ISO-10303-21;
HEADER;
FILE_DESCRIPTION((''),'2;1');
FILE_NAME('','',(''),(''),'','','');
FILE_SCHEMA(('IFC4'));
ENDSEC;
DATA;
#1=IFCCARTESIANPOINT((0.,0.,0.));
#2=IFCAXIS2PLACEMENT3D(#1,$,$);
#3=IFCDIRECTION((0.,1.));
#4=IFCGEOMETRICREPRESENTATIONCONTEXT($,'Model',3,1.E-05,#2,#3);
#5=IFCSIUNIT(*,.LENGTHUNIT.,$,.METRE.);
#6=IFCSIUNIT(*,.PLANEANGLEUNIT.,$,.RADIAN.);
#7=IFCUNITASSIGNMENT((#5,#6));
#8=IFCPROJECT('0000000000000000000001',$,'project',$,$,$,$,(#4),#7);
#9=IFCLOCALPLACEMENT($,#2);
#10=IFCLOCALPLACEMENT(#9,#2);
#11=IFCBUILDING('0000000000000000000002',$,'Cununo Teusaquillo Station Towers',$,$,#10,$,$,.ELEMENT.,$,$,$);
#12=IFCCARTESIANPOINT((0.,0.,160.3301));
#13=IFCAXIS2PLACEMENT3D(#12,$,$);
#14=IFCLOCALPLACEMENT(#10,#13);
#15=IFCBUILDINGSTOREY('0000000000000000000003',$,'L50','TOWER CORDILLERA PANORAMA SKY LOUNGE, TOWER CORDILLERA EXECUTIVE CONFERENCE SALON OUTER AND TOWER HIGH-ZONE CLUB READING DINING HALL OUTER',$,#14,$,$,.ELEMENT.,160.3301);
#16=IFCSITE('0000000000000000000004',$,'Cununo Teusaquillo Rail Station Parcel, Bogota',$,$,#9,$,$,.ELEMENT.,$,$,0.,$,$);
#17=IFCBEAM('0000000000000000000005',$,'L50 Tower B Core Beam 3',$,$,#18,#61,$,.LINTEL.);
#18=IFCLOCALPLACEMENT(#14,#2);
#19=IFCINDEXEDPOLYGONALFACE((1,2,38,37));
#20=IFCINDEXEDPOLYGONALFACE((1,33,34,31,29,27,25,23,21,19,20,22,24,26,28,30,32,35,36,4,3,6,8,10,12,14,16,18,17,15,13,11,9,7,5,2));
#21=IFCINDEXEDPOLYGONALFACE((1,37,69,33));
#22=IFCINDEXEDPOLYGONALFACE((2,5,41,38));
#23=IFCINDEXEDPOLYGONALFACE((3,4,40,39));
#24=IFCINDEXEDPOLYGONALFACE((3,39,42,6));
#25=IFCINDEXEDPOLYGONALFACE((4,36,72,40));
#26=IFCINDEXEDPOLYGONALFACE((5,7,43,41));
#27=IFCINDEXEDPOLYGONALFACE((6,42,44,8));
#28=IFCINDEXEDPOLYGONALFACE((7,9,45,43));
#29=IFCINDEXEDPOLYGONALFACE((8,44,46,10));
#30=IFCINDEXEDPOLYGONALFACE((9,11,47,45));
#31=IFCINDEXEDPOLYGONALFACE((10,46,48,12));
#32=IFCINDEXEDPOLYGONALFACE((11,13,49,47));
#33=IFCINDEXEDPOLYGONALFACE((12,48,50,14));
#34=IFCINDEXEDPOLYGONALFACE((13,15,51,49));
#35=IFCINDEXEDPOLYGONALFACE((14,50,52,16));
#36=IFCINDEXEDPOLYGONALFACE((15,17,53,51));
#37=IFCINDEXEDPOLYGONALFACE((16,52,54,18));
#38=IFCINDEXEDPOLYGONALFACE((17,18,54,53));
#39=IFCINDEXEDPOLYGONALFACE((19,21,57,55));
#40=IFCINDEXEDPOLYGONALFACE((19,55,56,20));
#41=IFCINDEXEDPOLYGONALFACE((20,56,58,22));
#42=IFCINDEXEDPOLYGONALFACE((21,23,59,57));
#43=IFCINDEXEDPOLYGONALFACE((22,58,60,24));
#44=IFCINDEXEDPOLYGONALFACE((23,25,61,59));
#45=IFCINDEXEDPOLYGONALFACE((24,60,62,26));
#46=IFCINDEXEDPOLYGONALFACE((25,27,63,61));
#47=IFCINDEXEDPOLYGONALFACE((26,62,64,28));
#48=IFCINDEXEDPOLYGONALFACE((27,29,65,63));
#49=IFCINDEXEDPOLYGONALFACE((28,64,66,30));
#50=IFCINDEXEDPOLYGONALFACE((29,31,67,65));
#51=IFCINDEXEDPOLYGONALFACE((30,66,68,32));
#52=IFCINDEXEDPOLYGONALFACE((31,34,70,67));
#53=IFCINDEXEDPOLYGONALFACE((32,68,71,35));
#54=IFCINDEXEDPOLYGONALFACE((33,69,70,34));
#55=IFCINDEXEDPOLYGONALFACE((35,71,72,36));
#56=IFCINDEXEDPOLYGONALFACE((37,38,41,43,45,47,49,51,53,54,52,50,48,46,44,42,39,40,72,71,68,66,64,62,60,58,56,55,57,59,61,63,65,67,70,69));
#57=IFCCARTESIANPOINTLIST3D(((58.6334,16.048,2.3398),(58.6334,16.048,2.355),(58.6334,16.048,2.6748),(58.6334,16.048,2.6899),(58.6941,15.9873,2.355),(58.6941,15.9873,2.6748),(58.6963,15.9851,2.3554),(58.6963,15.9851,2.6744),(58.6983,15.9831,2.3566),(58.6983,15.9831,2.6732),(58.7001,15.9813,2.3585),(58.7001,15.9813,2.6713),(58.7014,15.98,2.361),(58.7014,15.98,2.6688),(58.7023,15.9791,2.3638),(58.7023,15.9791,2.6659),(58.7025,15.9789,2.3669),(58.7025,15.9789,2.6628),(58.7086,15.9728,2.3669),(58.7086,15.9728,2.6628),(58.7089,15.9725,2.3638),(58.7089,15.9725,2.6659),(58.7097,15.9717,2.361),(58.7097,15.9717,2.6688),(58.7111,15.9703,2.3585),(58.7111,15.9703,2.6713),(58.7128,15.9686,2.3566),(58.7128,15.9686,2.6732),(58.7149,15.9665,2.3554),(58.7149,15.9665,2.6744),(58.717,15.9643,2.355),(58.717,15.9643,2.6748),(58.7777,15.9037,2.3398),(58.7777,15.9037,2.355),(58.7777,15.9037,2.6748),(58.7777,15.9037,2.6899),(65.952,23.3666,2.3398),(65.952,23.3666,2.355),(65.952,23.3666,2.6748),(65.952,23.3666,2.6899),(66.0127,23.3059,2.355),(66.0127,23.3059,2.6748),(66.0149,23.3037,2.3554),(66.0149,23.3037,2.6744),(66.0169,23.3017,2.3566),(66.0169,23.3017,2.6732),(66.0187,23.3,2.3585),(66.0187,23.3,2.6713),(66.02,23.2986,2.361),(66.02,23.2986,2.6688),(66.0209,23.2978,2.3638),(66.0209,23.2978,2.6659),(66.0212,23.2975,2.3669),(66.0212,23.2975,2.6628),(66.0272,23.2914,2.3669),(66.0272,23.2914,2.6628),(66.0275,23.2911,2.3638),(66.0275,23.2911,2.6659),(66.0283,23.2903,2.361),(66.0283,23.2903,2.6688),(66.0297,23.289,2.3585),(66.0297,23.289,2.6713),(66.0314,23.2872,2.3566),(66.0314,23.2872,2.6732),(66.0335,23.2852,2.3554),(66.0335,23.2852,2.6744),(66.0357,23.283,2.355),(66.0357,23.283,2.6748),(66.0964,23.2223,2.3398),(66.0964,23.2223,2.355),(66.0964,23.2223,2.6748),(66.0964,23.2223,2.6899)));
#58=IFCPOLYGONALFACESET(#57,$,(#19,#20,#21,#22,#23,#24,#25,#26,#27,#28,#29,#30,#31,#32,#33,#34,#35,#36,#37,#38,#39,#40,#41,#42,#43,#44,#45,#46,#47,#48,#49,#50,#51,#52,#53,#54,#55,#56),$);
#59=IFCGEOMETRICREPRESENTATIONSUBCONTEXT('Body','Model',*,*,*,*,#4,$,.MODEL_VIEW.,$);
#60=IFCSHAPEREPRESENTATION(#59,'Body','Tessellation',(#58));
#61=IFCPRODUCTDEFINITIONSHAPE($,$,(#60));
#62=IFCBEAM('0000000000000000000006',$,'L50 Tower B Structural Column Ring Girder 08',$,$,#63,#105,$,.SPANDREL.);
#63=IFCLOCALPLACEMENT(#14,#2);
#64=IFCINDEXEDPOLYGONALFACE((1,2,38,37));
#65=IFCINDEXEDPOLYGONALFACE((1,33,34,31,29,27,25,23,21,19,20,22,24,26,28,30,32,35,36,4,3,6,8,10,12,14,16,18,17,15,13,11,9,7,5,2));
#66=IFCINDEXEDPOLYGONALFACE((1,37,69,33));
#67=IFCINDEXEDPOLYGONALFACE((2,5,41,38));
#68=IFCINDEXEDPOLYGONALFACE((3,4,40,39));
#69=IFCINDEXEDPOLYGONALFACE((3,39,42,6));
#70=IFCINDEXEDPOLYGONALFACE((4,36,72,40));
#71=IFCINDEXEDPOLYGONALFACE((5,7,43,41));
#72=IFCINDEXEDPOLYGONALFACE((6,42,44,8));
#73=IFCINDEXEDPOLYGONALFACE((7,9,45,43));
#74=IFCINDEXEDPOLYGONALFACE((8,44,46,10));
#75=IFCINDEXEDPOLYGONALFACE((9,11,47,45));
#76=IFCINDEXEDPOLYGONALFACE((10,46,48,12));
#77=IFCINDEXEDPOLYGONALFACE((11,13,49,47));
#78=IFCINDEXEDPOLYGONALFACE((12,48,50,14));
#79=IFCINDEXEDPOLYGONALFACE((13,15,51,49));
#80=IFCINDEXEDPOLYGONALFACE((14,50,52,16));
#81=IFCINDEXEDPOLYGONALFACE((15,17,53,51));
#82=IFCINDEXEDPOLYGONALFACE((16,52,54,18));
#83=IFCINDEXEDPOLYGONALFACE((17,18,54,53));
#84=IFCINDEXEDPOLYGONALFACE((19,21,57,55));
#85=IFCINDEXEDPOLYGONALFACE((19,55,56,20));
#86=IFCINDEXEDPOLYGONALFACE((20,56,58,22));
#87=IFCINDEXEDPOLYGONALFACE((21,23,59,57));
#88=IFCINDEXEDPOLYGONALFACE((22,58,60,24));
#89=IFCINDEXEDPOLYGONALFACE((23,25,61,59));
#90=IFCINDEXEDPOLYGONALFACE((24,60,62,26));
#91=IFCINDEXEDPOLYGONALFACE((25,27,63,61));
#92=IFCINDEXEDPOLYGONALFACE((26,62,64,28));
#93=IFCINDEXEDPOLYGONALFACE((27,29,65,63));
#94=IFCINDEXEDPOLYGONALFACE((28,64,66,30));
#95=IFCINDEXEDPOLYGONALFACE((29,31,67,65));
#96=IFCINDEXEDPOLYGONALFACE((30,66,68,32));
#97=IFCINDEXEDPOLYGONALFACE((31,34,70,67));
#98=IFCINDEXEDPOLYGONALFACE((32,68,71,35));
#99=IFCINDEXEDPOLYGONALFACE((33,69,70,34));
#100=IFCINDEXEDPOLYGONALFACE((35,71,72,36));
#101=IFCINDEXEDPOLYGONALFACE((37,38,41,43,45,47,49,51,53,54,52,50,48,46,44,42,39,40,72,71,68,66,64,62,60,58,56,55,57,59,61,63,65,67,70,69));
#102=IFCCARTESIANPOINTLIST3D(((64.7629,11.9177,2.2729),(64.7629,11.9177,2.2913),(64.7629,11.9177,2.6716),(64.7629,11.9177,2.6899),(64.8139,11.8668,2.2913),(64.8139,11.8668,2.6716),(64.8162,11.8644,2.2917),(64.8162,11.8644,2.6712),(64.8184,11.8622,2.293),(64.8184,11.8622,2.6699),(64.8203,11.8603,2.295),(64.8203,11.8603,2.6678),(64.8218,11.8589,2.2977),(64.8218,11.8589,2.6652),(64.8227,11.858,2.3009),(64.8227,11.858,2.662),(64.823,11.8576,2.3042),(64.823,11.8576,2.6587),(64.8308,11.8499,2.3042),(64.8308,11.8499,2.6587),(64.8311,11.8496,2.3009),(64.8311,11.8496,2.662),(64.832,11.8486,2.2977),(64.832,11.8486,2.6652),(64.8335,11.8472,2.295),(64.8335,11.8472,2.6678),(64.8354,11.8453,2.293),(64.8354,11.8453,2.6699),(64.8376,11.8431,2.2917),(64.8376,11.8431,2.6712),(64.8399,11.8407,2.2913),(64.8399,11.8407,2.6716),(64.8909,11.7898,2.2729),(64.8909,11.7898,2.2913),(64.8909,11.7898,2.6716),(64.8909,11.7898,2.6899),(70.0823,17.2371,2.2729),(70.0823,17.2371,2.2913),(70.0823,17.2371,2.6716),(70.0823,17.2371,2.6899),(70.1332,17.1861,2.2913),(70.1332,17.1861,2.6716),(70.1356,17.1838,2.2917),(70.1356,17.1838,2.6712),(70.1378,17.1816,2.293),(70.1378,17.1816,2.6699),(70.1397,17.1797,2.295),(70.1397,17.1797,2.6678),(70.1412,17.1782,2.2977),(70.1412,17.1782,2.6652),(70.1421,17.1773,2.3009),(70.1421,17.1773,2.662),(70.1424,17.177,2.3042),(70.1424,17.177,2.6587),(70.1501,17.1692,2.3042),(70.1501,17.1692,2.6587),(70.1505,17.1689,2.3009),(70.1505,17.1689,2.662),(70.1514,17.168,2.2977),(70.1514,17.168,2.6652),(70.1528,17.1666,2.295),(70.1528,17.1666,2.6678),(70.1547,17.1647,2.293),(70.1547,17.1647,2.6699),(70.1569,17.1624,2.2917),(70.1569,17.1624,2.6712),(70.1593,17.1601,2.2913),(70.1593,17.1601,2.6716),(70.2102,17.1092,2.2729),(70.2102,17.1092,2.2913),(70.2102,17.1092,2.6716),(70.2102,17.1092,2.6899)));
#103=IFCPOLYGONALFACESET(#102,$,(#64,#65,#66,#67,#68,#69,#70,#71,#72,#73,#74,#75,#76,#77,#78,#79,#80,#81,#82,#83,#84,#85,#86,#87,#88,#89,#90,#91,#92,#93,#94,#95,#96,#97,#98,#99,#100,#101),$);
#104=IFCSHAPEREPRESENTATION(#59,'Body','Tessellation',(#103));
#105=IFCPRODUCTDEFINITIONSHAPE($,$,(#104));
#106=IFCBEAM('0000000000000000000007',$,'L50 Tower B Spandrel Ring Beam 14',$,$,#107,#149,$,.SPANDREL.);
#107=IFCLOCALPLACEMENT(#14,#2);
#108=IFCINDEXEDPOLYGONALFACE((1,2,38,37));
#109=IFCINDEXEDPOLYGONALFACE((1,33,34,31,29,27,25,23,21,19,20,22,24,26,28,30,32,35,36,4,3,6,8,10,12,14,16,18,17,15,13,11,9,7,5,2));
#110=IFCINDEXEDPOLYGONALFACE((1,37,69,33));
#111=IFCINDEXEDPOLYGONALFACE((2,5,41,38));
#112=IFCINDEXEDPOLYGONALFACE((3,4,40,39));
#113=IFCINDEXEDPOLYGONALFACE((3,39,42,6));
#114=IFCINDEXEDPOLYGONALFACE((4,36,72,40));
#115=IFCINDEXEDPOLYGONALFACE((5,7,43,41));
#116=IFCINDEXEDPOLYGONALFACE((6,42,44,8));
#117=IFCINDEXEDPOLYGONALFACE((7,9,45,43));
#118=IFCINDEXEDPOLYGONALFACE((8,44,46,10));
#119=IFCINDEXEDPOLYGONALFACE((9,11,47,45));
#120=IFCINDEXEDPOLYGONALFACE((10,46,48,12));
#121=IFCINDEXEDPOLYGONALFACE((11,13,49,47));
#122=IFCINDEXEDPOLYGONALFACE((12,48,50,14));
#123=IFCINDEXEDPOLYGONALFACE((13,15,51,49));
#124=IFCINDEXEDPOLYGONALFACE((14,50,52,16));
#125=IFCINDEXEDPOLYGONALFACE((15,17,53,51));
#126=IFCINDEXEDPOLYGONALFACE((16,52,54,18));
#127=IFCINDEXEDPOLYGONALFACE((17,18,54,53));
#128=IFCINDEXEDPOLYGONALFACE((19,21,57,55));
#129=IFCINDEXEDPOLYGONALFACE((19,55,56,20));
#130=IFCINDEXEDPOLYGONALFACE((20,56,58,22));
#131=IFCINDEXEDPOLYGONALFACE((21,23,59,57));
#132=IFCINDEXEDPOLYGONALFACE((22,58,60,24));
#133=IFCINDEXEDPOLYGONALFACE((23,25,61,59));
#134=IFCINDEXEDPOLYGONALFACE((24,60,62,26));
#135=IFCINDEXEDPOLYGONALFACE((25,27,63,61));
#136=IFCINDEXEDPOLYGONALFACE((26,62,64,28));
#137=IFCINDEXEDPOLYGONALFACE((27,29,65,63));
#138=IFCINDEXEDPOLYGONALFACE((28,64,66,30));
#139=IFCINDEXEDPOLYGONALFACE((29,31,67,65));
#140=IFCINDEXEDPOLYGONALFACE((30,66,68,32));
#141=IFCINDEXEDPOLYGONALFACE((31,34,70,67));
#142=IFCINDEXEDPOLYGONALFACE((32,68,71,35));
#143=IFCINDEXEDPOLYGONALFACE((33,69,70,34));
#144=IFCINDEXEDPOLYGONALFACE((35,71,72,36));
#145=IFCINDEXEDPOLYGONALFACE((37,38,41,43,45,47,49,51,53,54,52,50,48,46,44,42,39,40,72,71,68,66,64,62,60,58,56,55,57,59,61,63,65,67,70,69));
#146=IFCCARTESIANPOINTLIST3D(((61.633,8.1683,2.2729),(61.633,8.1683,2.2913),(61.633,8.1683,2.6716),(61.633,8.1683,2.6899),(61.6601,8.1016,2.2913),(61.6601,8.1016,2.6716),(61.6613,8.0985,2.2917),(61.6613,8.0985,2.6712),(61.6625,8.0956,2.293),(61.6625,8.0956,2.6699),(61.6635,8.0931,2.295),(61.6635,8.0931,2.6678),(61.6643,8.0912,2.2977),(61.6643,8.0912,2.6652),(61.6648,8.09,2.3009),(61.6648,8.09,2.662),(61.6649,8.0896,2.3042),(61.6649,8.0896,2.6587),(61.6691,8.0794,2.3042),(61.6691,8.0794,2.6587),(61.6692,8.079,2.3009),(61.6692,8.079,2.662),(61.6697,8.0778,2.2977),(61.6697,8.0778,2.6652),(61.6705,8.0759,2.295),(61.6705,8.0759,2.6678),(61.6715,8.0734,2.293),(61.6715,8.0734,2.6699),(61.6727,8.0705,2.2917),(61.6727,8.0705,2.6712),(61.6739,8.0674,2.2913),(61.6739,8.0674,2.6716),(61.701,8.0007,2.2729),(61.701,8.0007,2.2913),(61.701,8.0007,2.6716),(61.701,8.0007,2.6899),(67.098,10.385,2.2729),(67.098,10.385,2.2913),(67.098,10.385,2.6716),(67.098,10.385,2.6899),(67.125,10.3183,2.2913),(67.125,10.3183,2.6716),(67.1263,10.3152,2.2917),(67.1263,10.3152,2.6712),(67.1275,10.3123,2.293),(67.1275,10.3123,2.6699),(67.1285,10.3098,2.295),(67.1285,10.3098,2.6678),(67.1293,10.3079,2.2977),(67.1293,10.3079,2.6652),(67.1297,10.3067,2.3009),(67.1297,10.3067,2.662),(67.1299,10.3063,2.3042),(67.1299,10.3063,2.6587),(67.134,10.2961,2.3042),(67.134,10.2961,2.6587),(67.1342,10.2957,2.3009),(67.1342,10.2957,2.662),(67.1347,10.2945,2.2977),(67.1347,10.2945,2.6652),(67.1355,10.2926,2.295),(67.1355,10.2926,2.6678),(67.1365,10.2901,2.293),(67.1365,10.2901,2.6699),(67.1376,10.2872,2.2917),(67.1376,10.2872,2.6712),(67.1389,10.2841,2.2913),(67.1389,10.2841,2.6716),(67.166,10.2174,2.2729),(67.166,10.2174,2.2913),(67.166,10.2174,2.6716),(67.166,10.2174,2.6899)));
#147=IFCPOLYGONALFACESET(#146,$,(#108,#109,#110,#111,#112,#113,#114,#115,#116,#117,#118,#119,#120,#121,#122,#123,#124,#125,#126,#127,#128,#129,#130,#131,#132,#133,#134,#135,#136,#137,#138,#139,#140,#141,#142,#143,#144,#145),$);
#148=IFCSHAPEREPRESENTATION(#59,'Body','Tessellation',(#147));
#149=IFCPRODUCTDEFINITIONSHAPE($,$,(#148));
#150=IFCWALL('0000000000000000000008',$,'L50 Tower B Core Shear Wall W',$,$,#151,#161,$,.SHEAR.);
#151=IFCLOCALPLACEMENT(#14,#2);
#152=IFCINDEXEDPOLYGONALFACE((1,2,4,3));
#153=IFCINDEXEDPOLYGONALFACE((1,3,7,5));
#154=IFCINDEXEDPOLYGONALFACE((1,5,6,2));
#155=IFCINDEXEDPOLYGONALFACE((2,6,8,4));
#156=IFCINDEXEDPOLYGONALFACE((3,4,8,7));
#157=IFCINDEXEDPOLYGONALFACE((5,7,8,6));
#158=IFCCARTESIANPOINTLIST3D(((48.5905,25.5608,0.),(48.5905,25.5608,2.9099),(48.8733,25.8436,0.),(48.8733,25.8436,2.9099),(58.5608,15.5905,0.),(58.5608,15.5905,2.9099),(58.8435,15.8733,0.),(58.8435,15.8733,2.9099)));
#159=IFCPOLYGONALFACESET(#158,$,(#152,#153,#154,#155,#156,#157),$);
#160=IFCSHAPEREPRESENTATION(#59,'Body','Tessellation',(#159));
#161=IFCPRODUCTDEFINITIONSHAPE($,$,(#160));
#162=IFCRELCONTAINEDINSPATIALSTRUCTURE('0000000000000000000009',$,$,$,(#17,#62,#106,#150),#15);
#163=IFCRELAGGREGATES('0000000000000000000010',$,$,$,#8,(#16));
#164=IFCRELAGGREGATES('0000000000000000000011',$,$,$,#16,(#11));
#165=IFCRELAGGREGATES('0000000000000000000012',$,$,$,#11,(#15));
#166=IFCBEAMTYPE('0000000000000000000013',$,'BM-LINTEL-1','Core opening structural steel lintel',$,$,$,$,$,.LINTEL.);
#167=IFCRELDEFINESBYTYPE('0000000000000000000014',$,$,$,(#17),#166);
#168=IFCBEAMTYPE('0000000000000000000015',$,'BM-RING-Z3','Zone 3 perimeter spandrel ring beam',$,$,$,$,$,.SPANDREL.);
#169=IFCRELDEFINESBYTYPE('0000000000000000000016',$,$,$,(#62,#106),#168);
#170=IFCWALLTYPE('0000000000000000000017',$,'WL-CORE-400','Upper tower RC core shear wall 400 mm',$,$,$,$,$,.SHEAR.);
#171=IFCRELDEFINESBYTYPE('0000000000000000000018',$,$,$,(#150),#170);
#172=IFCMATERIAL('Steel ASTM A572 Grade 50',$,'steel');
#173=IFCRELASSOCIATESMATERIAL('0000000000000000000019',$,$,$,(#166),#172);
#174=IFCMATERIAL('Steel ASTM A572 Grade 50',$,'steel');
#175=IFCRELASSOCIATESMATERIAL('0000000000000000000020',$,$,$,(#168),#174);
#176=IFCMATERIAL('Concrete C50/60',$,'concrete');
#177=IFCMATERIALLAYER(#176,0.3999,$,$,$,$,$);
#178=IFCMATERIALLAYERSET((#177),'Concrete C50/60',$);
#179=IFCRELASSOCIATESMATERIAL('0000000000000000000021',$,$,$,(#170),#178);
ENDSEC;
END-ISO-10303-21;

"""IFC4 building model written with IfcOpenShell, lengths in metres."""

from ifc_helpers import new_model, si_unit, direction, frame, frame_2d, origin, origin_2d, place, context, subcontext, project, spatial, rectangle, i_section, extrude, material, layer, layer_set, material_profile, profile_set, type_object, element, save


model = new_model("IFC4")

# Units and contexts
model_context = context("Model", 3, precision=1e-05, world=origin(), true_north=direction((0.0, 1.0)))
body_context = subcontext(model_context, "Body", "Model", "MODEL_VIEW")
ifc_project = project(units=[si_unit("LENGTHUNIT", "METRE"), si_unit("PLANEANGLEUNIT", "RADIAN")], contexts=[model_context])

# Site, building, storey
site_placement = place(None, origin())
site = spatial("IfcSite", under=ifc_project, at=site_placement, Name="Cununo Teusaquillo Rail Station Parcel, Bogota", CompositionType="ELEMENT", RefElevation=0.0)
building_placement = place(site_placement, origin())
building = spatial("IfcBuilding", under=site, at=building_placement, Name="Cununo Teusaquillo Station Towers", CompositionType="ELEMENT")
storey_placement = place(building_placement, frame((0.0, 0.0, 160.3301)))
storey = spatial("IfcBuildingStorey", under=building, at=storey_placement, Name="L50", Description="TOWER CORDILLERA PANORAMA SKY LOUNGE, TOWER CORDILLERA EXECUTIVE CONFERENCE SALON OUTER AND TOWER HIGH-ZONE CLUB READING DINING HALL OUTER", CompositionType="ELEMENT", Elevation=160.3301)

# Beams
ifc_material_1 = material(Name="Steel ASTM A572 Grade 50", Category="steel")
ifc_material_profile_1 = material_profile(ifc_material_1, i_section(OverallWidth=0.2041, OverallDepth=0.3501, WebThickness=0.0085, FlangeThickness=0.0151, FilletRadius=0.012, at=origin_2d()), Name="W14X48")
ifc_profile_set_1 = profile_set([ifc_material_profile_1], Name="Steel ASTM A572 Grade 50")
beam_type_1 = type_object("IfcBeamType", Name="BM-LINTEL-1", Description="Core opening structural steel lintel", PredefinedType="LINTEL", material=ifc_profile_set_1)
beam_1_placement = place(storey_placement, frame((58.7056, 15.9758, 2.5149), z_axis=(0.707107, 0.707107, 0.0), x_axis=(-0.707107, 0.707107, 0.0)))
element("IfcBeam", 1, at=beam_1_placement, inside=storey, type_object=beam_type_1, Name="L50 Tower B Core Beam 3", PredefinedType="LINTEL", context=body_context, shape_type="SweptSolid", body=[
    extrude(i_section(OverallWidth=0.2041, OverallDepth=0.3501, WebThickness=0.0085, FlangeThickness=0.0151, FilletRadius=0.012, at=origin_2d()), origin(), (0.0, 0.0, 1.0), 10.3501),
])
ifc_material_2 = material(Name="Steel ASTM A572 Grade 50", Category="steel")
ifc_material_profile_2 = material_profile(ifc_material_2, i_section(OverallWidth=0.1809, OverallDepth=0.417, WebThickness=0.011, FlangeThickness=0.0183, FilletRadius=0.0129, at=origin_2d()), Name="W16X57")
ifc_profile_set_2 = profile_set([ifc_material_profile_2], Name="Steel ASTM A572 Grade 50")
beam_type_2 = type_object("IfcBeamType", Name="BM-RING-Z3", Description="Zone 3 perimeter spandrel ring beam", PredefinedType="SPANDREL", material=ifc_profile_set_2)
beam_2_placement = place(storey_placement, frame((64.8269, 11.8538, 2.4814), z_axis=(0.707107, 0.707107, 0.0), x_axis=(-0.707107, 0.707107, 0.0)))
element("IfcBeam", 2, at=beam_2_placement, inside=storey, type_object=beam_type_2, Name="L50 Tower B Structural Column Ring Girder 08", PredefinedType="SPANDREL", context=body_context, shape_type="SweptSolid", body=[
    extrude(i_section(OverallWidth=0.1809, OverallDepth=0.417, WebThickness=0.011, FlangeThickness=0.0183, FilletRadius=0.0129, at=origin_2d()), origin(), (0.0, 0.0, 1.0), 7.5227),
])
beam_3_placement = place(storey_placement, frame((61.667, 8.0845, 2.4814), z_axis=(0.926667, 0.375883, 0.0), x_axis=(-0.375883, 0.926667, 0.0)))
element("IfcBeam", 3, at=beam_3_placement, inside=storey, type_object=beam_type_2, Name="L50 Tower B Spandrel Ring Beam 14", PredefinedType="SPANDREL", context=body_context, shape_type="SweptSolid", body=[
    extrude(i_section(OverallWidth=0.1809, OverallDepth=0.417, WebThickness=0.011, FlangeThickness=0.0183, FilletRadius=0.0129, at=origin_2d()), origin(), (0.0, 0.0, 1.0), 5.8975),
])

# Wall
ifc_material_3 = material(Name="Concrete C50/60", Category="concrete")
ifc_layer_1 = layer(ifc_material_3, 0.3999)
ifc_layer_set_1 = layer_set([ifc_layer_1], Name="Concrete C50/60")
wall_type_1 = type_object("IfcWallType", Name="WL-CORE-400", Description="Upper tower RC core shear wall 400 mm", PredefinedType="SHEAR", material=ifc_layer_set_1)
wall_1_placement = place(storey_placement, frame((58.7021, 15.7319, 0.0), z_axis=(0.0, 0.0, 1.0), x_axis=(-0.707107, 0.707107, 0.0)))
element("IfcWall", 4, at=wall_1_placement, inside=storey, type_object=wall_type_1, Name="L50 Tower B Core Shear Wall W", PredefinedType="SHEAR", context=body_context, shape_type="SweptSolid", body=[
    extrude(rectangle(XDim=14.1001, YDim=0.3999, at=frame_2d((7.05, 0.0))), origin(), (0.0, 0.0, 1.0), 2.9099),
])

save(model, "model.ifc")
